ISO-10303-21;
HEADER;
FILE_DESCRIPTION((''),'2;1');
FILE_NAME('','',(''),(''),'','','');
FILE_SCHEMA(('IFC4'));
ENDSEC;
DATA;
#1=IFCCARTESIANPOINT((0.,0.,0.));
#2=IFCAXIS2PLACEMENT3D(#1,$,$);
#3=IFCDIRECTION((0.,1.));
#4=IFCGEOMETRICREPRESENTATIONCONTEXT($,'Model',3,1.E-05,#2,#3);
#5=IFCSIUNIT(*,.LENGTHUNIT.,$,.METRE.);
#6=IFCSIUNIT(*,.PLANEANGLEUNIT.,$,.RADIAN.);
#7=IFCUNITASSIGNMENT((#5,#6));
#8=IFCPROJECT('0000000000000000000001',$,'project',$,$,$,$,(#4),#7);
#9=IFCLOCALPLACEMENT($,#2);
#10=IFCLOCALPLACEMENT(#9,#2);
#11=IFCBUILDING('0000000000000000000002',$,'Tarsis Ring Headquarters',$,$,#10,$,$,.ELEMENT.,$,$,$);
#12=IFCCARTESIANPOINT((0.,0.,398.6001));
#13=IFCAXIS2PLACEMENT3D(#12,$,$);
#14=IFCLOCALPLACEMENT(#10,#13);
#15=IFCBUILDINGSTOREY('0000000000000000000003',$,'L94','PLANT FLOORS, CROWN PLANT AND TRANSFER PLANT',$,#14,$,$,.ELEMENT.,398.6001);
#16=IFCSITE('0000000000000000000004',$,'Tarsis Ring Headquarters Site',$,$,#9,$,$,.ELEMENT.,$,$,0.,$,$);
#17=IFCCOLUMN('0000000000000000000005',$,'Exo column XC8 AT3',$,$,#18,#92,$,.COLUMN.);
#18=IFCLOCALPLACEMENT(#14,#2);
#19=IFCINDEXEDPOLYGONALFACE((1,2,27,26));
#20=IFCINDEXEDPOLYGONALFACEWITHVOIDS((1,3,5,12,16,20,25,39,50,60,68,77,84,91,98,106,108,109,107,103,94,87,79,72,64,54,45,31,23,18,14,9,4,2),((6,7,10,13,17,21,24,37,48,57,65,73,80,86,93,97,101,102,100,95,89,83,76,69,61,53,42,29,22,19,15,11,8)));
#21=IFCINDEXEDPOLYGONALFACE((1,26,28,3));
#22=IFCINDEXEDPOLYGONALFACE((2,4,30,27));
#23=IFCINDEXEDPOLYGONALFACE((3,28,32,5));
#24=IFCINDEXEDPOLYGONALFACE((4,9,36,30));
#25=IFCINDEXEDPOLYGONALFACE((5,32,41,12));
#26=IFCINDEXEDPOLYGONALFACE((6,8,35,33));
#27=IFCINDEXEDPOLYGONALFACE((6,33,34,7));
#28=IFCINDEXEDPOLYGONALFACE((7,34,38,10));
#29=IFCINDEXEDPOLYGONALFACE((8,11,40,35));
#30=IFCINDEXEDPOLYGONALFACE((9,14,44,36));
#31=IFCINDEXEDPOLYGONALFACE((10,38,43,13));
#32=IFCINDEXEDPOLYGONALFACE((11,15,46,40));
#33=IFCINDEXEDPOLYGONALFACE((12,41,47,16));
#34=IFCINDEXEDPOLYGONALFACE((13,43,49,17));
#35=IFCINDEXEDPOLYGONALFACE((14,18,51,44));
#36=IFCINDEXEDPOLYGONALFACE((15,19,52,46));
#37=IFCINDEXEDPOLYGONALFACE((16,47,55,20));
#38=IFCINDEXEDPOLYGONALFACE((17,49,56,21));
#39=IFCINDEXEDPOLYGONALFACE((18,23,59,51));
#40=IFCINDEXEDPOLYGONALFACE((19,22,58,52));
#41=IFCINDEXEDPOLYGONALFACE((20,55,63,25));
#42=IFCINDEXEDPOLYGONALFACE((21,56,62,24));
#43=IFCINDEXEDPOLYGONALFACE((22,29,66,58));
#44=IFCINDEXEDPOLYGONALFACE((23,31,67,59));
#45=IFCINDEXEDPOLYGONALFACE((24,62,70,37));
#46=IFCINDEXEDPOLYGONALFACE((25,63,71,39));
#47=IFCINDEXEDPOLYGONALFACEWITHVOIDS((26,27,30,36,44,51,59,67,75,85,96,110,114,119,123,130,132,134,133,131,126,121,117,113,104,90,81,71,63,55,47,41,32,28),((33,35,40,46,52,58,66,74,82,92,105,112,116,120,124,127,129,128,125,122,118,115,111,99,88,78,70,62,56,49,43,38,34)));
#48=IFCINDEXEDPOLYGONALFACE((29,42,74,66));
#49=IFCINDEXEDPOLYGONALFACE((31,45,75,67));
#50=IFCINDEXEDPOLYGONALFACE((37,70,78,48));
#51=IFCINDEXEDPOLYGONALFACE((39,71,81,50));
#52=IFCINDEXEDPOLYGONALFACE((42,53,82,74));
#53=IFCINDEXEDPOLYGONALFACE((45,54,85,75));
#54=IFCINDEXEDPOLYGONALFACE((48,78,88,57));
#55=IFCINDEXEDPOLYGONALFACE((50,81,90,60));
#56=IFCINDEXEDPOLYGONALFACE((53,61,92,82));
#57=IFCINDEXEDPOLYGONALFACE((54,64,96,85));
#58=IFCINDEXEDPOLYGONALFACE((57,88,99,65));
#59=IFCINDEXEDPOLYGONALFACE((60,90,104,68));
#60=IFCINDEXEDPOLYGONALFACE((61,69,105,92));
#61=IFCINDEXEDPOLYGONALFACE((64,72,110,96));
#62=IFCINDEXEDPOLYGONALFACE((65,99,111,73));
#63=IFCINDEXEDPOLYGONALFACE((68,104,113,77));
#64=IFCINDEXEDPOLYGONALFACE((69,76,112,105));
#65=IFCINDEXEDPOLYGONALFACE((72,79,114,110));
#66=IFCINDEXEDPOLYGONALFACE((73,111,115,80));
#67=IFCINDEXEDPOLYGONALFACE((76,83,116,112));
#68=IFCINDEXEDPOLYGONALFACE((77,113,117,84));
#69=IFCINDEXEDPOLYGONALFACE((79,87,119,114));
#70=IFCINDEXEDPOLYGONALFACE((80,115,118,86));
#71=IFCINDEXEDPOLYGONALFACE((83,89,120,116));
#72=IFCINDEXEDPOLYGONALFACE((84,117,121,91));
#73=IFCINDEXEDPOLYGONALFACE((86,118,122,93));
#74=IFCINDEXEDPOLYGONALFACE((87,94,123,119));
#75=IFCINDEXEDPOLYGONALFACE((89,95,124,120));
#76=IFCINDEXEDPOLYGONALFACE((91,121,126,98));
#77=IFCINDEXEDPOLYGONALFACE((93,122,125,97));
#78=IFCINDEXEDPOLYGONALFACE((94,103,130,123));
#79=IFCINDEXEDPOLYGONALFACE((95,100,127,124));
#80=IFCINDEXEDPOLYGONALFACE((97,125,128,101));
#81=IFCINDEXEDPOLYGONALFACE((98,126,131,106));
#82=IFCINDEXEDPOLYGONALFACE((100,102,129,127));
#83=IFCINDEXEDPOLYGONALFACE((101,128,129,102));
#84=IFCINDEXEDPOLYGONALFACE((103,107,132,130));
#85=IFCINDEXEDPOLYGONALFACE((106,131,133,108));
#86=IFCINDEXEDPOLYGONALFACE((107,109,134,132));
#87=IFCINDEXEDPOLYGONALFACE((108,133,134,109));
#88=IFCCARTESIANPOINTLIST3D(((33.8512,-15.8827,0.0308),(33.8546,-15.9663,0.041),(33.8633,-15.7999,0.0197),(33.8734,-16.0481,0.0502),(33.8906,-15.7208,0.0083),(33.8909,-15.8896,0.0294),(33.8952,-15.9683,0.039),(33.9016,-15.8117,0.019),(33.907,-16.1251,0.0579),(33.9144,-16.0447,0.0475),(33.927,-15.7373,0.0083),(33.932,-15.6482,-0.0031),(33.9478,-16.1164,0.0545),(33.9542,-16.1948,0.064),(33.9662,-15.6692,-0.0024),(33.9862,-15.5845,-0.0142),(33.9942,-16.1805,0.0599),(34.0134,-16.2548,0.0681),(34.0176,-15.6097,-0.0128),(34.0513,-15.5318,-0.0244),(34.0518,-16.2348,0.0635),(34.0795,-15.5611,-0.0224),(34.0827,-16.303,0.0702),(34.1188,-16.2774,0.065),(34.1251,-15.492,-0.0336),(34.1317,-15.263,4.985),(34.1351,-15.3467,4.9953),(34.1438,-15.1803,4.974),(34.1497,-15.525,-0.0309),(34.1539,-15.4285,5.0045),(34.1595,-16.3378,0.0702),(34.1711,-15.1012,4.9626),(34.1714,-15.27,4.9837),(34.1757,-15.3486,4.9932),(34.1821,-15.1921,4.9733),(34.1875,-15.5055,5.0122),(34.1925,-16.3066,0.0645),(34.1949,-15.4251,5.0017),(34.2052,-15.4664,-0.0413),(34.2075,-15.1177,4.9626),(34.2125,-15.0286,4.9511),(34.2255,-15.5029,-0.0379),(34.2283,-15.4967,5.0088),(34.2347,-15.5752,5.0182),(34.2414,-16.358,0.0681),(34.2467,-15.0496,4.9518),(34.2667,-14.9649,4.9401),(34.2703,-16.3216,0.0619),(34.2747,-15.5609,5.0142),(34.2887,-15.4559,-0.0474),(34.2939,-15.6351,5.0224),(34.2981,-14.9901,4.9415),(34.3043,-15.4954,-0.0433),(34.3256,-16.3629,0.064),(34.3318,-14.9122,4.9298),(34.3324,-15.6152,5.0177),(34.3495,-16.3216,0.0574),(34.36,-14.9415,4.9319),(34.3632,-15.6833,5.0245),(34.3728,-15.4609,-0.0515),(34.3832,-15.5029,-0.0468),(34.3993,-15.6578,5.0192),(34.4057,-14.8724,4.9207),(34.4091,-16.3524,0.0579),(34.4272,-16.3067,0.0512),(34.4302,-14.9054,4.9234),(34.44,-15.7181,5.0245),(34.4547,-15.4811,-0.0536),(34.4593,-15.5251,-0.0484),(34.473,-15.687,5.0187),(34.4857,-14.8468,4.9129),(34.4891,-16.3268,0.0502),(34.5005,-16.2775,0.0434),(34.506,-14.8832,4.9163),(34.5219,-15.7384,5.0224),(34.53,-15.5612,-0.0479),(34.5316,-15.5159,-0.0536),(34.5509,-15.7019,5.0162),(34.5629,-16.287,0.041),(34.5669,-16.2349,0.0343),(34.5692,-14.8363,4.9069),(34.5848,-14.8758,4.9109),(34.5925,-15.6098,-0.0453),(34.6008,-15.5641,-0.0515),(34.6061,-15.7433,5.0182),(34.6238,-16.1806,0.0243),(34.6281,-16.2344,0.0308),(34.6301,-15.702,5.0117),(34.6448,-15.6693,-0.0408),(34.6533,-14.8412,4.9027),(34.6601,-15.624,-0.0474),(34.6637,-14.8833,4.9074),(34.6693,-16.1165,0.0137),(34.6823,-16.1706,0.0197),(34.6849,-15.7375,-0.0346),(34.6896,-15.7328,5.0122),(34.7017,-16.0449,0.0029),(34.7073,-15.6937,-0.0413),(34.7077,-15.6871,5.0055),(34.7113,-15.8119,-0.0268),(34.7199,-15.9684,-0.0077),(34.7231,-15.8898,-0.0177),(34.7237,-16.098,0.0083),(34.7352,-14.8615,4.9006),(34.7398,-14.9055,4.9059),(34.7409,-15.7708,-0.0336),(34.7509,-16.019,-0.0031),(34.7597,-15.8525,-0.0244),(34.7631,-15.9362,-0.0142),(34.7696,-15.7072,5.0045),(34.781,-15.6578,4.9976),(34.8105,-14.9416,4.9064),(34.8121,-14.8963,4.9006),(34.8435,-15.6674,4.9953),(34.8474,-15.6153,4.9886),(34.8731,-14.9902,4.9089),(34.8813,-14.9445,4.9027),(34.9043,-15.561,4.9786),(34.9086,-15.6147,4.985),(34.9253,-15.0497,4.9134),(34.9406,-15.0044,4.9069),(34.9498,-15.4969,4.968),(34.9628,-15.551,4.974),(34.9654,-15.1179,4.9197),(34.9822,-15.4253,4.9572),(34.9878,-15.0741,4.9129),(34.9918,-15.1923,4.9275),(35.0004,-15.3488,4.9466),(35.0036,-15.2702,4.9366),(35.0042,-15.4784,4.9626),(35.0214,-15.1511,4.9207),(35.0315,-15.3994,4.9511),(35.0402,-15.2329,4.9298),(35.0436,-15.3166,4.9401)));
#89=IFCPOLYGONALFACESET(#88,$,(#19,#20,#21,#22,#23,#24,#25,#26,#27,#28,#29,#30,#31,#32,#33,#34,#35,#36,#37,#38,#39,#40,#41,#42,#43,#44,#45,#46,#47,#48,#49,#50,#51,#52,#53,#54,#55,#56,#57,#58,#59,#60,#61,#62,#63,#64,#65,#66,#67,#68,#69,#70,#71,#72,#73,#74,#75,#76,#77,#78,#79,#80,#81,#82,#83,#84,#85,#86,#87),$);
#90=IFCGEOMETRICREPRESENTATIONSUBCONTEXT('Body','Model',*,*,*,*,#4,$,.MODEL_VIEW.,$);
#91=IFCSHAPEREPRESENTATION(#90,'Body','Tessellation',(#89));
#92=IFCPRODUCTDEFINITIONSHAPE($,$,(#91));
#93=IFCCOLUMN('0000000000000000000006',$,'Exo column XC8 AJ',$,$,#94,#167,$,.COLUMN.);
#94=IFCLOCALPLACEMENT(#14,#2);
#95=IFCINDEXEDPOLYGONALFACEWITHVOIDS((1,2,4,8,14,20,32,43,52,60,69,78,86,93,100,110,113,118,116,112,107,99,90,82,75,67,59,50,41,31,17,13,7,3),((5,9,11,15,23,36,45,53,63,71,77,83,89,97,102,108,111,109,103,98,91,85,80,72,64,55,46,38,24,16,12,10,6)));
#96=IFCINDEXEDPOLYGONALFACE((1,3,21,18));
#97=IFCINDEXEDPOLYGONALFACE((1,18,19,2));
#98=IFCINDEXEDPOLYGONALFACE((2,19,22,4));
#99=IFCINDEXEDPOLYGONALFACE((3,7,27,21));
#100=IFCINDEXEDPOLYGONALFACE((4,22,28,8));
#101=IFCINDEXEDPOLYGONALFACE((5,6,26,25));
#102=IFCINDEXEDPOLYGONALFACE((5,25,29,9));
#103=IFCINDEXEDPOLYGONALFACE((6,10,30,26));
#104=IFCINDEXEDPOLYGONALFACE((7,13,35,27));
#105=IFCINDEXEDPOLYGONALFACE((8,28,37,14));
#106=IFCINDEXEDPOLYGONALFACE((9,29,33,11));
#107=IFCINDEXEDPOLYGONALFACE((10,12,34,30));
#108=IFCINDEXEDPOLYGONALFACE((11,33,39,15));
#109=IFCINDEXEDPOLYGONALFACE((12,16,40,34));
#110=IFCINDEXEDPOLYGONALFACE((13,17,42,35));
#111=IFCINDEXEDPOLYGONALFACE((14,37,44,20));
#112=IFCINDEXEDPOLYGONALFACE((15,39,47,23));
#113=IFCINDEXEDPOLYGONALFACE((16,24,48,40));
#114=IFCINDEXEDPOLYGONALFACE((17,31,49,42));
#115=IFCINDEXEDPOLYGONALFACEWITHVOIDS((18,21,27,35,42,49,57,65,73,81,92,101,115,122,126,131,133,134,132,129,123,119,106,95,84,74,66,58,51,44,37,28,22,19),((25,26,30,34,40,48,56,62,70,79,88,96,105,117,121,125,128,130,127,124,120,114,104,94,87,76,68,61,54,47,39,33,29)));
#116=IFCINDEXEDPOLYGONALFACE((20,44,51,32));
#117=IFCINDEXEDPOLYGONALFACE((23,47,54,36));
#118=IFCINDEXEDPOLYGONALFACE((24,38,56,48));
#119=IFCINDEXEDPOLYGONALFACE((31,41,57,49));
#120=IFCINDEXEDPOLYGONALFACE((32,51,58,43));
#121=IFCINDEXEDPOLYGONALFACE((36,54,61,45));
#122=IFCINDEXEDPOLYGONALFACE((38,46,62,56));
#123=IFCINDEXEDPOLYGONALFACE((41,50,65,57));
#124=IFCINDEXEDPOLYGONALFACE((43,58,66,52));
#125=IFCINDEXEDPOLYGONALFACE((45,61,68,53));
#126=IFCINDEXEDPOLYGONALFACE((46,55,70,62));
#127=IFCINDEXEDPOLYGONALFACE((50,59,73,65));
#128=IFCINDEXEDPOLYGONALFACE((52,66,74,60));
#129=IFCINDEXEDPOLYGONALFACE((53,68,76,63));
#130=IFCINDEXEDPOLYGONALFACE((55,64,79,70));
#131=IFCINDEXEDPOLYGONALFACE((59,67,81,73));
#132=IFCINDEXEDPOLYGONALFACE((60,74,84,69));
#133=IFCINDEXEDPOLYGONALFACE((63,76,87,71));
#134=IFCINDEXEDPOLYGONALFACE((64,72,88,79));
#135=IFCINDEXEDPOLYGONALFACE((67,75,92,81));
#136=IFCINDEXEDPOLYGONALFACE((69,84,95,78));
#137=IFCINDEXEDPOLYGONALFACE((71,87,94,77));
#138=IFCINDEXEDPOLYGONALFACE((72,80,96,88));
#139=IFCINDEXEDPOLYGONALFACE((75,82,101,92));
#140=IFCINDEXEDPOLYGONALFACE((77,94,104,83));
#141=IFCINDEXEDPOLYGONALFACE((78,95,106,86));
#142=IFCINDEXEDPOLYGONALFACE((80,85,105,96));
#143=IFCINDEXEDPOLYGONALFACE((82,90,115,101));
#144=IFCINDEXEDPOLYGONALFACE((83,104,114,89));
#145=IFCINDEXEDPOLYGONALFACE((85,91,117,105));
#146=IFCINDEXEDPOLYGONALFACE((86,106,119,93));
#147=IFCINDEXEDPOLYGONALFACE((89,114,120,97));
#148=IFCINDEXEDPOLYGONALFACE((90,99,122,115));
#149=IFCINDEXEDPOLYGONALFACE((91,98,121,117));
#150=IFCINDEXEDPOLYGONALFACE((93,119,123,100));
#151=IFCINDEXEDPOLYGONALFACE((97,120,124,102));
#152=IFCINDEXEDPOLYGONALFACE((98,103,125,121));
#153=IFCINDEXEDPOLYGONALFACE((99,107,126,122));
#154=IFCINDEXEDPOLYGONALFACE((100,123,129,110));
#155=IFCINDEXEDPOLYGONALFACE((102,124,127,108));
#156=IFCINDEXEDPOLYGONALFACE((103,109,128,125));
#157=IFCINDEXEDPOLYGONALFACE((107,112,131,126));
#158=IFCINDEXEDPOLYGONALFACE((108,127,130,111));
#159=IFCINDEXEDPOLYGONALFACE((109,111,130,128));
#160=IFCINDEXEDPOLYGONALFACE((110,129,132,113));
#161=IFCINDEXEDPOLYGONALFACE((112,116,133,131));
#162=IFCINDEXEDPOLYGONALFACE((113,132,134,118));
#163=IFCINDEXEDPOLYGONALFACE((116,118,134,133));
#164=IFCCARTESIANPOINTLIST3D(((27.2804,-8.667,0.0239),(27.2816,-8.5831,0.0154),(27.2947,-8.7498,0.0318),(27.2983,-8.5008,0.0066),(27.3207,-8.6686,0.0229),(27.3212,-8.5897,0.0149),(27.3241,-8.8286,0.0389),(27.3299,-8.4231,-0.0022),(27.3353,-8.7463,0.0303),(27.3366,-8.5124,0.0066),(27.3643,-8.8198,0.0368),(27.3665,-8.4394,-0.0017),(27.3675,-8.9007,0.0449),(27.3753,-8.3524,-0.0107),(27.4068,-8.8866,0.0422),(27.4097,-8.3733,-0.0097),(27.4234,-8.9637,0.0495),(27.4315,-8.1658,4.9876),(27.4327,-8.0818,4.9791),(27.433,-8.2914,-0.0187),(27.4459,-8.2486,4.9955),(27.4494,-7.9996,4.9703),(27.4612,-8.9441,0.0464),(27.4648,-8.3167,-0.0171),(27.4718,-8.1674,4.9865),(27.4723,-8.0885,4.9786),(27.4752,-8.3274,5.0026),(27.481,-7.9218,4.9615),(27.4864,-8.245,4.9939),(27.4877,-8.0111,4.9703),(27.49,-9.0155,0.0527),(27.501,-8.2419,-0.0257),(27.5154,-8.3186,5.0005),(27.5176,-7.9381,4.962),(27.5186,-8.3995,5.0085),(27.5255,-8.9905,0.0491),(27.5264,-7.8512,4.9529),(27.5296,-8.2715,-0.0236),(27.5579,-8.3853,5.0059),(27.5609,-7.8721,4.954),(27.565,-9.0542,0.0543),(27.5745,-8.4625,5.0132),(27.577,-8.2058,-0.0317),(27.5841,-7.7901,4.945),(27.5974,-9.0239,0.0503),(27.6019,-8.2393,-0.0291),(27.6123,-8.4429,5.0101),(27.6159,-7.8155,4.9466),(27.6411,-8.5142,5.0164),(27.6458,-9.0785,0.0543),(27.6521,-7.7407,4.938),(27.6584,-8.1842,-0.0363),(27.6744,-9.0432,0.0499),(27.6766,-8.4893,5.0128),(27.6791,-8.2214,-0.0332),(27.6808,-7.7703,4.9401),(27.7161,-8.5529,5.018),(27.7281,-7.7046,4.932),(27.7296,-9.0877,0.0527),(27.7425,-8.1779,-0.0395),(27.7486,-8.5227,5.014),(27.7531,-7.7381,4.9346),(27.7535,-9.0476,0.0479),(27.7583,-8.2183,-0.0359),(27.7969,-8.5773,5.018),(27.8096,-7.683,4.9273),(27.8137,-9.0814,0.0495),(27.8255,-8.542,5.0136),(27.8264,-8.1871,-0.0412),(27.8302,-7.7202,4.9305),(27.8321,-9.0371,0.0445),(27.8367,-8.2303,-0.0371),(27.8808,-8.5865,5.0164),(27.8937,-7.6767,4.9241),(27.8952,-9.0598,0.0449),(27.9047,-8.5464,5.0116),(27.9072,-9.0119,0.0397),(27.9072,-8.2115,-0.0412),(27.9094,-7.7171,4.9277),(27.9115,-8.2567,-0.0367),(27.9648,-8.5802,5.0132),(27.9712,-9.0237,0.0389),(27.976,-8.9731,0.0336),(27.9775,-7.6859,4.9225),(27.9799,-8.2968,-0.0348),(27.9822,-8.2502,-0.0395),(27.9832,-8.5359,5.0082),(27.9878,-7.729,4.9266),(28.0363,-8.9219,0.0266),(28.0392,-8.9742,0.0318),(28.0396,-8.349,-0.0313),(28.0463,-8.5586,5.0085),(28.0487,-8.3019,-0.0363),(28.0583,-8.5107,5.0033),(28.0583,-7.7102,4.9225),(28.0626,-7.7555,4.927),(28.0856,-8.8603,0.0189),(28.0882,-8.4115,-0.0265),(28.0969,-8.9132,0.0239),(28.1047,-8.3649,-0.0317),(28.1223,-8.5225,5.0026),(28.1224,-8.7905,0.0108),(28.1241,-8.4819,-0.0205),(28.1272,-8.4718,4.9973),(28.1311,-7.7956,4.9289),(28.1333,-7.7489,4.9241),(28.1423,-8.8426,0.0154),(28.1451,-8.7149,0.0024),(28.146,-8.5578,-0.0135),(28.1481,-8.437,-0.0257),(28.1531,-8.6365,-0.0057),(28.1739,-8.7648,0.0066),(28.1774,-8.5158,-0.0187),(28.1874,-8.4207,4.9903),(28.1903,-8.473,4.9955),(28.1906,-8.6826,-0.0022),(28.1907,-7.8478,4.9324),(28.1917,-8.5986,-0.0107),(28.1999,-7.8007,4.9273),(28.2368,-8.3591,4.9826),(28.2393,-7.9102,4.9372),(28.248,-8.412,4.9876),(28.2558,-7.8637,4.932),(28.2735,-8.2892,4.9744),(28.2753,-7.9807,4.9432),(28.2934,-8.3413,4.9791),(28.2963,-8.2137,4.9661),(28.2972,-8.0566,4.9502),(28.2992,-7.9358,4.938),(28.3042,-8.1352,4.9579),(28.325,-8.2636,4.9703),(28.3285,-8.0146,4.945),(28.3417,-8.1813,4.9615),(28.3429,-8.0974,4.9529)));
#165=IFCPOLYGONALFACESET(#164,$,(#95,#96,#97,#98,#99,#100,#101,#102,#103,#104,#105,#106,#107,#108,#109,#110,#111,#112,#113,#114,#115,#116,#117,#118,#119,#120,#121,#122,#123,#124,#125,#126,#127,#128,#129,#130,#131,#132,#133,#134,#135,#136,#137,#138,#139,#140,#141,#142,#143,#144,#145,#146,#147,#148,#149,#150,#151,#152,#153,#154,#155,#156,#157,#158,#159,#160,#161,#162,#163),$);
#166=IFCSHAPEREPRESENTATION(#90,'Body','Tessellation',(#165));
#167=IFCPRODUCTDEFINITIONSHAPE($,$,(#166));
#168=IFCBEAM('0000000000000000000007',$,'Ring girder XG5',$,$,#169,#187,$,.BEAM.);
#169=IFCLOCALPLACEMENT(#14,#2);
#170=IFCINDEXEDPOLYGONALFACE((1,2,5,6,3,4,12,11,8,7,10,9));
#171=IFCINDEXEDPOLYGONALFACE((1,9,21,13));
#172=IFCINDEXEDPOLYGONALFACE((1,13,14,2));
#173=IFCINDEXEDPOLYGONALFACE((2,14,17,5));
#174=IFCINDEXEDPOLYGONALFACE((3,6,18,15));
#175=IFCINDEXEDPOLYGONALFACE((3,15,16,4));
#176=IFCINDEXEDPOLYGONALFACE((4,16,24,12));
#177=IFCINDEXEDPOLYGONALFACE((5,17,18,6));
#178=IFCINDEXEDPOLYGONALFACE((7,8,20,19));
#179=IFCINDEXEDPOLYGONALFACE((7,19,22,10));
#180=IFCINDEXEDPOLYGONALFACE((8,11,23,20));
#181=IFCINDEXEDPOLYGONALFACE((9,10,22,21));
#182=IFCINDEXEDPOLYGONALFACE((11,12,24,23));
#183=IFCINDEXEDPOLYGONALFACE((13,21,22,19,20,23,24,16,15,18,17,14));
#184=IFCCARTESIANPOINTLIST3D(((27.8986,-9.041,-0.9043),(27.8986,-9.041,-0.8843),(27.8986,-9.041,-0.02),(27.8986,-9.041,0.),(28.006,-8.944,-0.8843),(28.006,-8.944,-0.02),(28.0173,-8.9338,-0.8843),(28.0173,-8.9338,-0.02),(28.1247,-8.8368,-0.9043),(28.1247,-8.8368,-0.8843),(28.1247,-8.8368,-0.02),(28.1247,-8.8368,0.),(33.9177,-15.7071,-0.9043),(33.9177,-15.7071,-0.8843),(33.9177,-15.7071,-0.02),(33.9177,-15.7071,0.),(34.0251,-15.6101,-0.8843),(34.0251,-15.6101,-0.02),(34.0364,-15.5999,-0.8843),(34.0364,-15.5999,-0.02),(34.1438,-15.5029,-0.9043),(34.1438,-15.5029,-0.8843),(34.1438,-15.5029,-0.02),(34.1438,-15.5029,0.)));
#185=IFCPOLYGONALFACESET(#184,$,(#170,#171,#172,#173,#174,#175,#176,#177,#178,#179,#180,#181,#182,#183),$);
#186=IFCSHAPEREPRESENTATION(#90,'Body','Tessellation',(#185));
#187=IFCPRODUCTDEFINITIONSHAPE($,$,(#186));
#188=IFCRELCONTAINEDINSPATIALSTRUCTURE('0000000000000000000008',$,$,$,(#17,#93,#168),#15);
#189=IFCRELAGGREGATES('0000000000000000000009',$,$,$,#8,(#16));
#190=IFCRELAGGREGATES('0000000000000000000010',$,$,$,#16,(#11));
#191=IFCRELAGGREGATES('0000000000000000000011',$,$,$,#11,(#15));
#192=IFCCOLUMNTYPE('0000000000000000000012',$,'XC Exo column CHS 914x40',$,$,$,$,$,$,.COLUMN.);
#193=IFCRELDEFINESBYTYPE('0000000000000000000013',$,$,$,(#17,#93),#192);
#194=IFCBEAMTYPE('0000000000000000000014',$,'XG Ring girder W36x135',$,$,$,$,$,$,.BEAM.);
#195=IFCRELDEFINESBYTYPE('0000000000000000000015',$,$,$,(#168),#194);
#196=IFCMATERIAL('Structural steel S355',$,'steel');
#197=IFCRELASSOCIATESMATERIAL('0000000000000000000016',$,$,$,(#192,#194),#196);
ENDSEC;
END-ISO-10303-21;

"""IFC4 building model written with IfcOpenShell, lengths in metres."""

from ifc_helpers import new_model, si_unit, direction, frame, origin, origin_2d, place, context, subcontext, project, spatial, hollow_circle, i_section, extrude, material, material_profile, profile_set, type_object, element, save


model = new_model("IFC4")

# Units and contexts
model_context = context("Model", 3, precision=1e-05, world=origin(), true_north=direction((0.0, 1.0)))
body_context = subcontext(model_context, "Body", "Model", "MODEL_VIEW")
ifc_project = project(units=[si_unit("LENGTHUNIT", "METRE"), si_unit("PLANEANGLEUNIT", "RADIAN")], contexts=[model_context])

# Site, building, storey
site_placement = place(None, origin())
site = spatial("IfcSite", under=ifc_project, at=site_placement, Name="Tarsis Ring Headquarters Site", CompositionType="ELEMENT", RefElevation=0.0)
building_placement = place(site_placement, origin())
building = spatial("IfcBuilding", under=site, at=building_placement, Name="Tarsis Ring Headquarters", CompositionType="ELEMENT")
storey_placement = place(building_placement, frame((0.0, 0.0, 398.6001)))
storey = spatial("IfcBuildingStorey", under=building, at=storey_placement, Name="L94", Description="PLANT FLOORS, CROWN PLANT AND TRANSFER PLANT", CompositionType="ELEMENT", Elevation=398.6001)

# Columns
ifc_material_1 = material(Name="Structural steel S355", Category="steel")
ifc_material_profile_1 = material_profile(ifc_material_1, hollow_circle(Radius=0.457, WallThickness=0.04, at=origin_2d()), Name="CHS 914x40")
ifc_profile_set_1 = profile_set([ifc_material_profile_1], Name="Structural steel S355")
column_type = type_object("IfcColumnType", Name="XC Exo column CHS 914x40", PredefinedType="COLUMN", material=ifc_profile_set_1)
column_1_placement = place(storey_placement, frame((34.3071, -15.9094, 0.0083), z_axis=(0.056094, 0.123906, 0.990707), x_axis=(-0.910992, 0.412423, 0.0)))
element("IfcColumn", 1, at=column_1_placement, inside=storey, type_object=column_type, Name="Exo column XC8 AT3", PredefinedType="COLUMN", context=body_context, shape_type="SweptSolid", body=[
    extrude(hollow_circle(Radius=0.4573, WallThickness=0.04, at=origin_2d()), origin(), (0.0, 0.0, 1.0), 5.0007),
])
column_2_placement = place(storey_placement, frame((27.7361, -8.6328, 0.0066), z_axis=(0.030278, 0.100422, 0.994484), x_axis=(-0.957427, 0.288674, 0.0)))
element("IfcColumn", 2, at=column_2_placement, inside=storey, type_object=column_type, Name="Exo column XC8 AJ", PredefinedType="COLUMN", context=body_context, shape_type="SweptSolid", body=[
    extrude(hollow_circle(Radius=0.4573, WallThickness=0.04, at=origin_2d()), origin(), (0.0, 0.0, 1.0), 4.9912),
])

# Beam
ifc_material_profile_2 = material_profile(ifc_material_1, i_section(OverallWidth=0.3047, OverallDepth=0.9043, WebThickness=0.0151, FlangeThickness=0.02, at=origin_2d()), Name="W36x135")
ifc_profile_set_2 = profile_set([ifc_material_profile_2], Name="Structural steel S355")
beam_type = type_object("IfcBeamType", Name="XG Ring girder W36x135", PredefinedType="BEAM", material=ifc_profile_set_2)
beam_1_placement = place(storey_placement, frame((34.0308, -15.605, -0.4521), z_axis=(-0.670171, 0.742206, 0.0), x_axis=(-0.742206, -0.670171, 0.0)))
element("IfcBeam", 3, at=beam_1_placement, inside=storey, type_object=beam_type, Name="Ring girder XG5", PredefinedType="BEAM", context=body_context, shape_type="SweptSolid", body=[
    extrude(i_section(OverallWidth=0.3047, OverallDepth=0.9043, WebThickness=0.0151, FlangeThickness=0.02, at=origin_2d()), origin(), (0.0, 0.0, 1.0), 8.9814),
])

save(model, "model.ifc")
